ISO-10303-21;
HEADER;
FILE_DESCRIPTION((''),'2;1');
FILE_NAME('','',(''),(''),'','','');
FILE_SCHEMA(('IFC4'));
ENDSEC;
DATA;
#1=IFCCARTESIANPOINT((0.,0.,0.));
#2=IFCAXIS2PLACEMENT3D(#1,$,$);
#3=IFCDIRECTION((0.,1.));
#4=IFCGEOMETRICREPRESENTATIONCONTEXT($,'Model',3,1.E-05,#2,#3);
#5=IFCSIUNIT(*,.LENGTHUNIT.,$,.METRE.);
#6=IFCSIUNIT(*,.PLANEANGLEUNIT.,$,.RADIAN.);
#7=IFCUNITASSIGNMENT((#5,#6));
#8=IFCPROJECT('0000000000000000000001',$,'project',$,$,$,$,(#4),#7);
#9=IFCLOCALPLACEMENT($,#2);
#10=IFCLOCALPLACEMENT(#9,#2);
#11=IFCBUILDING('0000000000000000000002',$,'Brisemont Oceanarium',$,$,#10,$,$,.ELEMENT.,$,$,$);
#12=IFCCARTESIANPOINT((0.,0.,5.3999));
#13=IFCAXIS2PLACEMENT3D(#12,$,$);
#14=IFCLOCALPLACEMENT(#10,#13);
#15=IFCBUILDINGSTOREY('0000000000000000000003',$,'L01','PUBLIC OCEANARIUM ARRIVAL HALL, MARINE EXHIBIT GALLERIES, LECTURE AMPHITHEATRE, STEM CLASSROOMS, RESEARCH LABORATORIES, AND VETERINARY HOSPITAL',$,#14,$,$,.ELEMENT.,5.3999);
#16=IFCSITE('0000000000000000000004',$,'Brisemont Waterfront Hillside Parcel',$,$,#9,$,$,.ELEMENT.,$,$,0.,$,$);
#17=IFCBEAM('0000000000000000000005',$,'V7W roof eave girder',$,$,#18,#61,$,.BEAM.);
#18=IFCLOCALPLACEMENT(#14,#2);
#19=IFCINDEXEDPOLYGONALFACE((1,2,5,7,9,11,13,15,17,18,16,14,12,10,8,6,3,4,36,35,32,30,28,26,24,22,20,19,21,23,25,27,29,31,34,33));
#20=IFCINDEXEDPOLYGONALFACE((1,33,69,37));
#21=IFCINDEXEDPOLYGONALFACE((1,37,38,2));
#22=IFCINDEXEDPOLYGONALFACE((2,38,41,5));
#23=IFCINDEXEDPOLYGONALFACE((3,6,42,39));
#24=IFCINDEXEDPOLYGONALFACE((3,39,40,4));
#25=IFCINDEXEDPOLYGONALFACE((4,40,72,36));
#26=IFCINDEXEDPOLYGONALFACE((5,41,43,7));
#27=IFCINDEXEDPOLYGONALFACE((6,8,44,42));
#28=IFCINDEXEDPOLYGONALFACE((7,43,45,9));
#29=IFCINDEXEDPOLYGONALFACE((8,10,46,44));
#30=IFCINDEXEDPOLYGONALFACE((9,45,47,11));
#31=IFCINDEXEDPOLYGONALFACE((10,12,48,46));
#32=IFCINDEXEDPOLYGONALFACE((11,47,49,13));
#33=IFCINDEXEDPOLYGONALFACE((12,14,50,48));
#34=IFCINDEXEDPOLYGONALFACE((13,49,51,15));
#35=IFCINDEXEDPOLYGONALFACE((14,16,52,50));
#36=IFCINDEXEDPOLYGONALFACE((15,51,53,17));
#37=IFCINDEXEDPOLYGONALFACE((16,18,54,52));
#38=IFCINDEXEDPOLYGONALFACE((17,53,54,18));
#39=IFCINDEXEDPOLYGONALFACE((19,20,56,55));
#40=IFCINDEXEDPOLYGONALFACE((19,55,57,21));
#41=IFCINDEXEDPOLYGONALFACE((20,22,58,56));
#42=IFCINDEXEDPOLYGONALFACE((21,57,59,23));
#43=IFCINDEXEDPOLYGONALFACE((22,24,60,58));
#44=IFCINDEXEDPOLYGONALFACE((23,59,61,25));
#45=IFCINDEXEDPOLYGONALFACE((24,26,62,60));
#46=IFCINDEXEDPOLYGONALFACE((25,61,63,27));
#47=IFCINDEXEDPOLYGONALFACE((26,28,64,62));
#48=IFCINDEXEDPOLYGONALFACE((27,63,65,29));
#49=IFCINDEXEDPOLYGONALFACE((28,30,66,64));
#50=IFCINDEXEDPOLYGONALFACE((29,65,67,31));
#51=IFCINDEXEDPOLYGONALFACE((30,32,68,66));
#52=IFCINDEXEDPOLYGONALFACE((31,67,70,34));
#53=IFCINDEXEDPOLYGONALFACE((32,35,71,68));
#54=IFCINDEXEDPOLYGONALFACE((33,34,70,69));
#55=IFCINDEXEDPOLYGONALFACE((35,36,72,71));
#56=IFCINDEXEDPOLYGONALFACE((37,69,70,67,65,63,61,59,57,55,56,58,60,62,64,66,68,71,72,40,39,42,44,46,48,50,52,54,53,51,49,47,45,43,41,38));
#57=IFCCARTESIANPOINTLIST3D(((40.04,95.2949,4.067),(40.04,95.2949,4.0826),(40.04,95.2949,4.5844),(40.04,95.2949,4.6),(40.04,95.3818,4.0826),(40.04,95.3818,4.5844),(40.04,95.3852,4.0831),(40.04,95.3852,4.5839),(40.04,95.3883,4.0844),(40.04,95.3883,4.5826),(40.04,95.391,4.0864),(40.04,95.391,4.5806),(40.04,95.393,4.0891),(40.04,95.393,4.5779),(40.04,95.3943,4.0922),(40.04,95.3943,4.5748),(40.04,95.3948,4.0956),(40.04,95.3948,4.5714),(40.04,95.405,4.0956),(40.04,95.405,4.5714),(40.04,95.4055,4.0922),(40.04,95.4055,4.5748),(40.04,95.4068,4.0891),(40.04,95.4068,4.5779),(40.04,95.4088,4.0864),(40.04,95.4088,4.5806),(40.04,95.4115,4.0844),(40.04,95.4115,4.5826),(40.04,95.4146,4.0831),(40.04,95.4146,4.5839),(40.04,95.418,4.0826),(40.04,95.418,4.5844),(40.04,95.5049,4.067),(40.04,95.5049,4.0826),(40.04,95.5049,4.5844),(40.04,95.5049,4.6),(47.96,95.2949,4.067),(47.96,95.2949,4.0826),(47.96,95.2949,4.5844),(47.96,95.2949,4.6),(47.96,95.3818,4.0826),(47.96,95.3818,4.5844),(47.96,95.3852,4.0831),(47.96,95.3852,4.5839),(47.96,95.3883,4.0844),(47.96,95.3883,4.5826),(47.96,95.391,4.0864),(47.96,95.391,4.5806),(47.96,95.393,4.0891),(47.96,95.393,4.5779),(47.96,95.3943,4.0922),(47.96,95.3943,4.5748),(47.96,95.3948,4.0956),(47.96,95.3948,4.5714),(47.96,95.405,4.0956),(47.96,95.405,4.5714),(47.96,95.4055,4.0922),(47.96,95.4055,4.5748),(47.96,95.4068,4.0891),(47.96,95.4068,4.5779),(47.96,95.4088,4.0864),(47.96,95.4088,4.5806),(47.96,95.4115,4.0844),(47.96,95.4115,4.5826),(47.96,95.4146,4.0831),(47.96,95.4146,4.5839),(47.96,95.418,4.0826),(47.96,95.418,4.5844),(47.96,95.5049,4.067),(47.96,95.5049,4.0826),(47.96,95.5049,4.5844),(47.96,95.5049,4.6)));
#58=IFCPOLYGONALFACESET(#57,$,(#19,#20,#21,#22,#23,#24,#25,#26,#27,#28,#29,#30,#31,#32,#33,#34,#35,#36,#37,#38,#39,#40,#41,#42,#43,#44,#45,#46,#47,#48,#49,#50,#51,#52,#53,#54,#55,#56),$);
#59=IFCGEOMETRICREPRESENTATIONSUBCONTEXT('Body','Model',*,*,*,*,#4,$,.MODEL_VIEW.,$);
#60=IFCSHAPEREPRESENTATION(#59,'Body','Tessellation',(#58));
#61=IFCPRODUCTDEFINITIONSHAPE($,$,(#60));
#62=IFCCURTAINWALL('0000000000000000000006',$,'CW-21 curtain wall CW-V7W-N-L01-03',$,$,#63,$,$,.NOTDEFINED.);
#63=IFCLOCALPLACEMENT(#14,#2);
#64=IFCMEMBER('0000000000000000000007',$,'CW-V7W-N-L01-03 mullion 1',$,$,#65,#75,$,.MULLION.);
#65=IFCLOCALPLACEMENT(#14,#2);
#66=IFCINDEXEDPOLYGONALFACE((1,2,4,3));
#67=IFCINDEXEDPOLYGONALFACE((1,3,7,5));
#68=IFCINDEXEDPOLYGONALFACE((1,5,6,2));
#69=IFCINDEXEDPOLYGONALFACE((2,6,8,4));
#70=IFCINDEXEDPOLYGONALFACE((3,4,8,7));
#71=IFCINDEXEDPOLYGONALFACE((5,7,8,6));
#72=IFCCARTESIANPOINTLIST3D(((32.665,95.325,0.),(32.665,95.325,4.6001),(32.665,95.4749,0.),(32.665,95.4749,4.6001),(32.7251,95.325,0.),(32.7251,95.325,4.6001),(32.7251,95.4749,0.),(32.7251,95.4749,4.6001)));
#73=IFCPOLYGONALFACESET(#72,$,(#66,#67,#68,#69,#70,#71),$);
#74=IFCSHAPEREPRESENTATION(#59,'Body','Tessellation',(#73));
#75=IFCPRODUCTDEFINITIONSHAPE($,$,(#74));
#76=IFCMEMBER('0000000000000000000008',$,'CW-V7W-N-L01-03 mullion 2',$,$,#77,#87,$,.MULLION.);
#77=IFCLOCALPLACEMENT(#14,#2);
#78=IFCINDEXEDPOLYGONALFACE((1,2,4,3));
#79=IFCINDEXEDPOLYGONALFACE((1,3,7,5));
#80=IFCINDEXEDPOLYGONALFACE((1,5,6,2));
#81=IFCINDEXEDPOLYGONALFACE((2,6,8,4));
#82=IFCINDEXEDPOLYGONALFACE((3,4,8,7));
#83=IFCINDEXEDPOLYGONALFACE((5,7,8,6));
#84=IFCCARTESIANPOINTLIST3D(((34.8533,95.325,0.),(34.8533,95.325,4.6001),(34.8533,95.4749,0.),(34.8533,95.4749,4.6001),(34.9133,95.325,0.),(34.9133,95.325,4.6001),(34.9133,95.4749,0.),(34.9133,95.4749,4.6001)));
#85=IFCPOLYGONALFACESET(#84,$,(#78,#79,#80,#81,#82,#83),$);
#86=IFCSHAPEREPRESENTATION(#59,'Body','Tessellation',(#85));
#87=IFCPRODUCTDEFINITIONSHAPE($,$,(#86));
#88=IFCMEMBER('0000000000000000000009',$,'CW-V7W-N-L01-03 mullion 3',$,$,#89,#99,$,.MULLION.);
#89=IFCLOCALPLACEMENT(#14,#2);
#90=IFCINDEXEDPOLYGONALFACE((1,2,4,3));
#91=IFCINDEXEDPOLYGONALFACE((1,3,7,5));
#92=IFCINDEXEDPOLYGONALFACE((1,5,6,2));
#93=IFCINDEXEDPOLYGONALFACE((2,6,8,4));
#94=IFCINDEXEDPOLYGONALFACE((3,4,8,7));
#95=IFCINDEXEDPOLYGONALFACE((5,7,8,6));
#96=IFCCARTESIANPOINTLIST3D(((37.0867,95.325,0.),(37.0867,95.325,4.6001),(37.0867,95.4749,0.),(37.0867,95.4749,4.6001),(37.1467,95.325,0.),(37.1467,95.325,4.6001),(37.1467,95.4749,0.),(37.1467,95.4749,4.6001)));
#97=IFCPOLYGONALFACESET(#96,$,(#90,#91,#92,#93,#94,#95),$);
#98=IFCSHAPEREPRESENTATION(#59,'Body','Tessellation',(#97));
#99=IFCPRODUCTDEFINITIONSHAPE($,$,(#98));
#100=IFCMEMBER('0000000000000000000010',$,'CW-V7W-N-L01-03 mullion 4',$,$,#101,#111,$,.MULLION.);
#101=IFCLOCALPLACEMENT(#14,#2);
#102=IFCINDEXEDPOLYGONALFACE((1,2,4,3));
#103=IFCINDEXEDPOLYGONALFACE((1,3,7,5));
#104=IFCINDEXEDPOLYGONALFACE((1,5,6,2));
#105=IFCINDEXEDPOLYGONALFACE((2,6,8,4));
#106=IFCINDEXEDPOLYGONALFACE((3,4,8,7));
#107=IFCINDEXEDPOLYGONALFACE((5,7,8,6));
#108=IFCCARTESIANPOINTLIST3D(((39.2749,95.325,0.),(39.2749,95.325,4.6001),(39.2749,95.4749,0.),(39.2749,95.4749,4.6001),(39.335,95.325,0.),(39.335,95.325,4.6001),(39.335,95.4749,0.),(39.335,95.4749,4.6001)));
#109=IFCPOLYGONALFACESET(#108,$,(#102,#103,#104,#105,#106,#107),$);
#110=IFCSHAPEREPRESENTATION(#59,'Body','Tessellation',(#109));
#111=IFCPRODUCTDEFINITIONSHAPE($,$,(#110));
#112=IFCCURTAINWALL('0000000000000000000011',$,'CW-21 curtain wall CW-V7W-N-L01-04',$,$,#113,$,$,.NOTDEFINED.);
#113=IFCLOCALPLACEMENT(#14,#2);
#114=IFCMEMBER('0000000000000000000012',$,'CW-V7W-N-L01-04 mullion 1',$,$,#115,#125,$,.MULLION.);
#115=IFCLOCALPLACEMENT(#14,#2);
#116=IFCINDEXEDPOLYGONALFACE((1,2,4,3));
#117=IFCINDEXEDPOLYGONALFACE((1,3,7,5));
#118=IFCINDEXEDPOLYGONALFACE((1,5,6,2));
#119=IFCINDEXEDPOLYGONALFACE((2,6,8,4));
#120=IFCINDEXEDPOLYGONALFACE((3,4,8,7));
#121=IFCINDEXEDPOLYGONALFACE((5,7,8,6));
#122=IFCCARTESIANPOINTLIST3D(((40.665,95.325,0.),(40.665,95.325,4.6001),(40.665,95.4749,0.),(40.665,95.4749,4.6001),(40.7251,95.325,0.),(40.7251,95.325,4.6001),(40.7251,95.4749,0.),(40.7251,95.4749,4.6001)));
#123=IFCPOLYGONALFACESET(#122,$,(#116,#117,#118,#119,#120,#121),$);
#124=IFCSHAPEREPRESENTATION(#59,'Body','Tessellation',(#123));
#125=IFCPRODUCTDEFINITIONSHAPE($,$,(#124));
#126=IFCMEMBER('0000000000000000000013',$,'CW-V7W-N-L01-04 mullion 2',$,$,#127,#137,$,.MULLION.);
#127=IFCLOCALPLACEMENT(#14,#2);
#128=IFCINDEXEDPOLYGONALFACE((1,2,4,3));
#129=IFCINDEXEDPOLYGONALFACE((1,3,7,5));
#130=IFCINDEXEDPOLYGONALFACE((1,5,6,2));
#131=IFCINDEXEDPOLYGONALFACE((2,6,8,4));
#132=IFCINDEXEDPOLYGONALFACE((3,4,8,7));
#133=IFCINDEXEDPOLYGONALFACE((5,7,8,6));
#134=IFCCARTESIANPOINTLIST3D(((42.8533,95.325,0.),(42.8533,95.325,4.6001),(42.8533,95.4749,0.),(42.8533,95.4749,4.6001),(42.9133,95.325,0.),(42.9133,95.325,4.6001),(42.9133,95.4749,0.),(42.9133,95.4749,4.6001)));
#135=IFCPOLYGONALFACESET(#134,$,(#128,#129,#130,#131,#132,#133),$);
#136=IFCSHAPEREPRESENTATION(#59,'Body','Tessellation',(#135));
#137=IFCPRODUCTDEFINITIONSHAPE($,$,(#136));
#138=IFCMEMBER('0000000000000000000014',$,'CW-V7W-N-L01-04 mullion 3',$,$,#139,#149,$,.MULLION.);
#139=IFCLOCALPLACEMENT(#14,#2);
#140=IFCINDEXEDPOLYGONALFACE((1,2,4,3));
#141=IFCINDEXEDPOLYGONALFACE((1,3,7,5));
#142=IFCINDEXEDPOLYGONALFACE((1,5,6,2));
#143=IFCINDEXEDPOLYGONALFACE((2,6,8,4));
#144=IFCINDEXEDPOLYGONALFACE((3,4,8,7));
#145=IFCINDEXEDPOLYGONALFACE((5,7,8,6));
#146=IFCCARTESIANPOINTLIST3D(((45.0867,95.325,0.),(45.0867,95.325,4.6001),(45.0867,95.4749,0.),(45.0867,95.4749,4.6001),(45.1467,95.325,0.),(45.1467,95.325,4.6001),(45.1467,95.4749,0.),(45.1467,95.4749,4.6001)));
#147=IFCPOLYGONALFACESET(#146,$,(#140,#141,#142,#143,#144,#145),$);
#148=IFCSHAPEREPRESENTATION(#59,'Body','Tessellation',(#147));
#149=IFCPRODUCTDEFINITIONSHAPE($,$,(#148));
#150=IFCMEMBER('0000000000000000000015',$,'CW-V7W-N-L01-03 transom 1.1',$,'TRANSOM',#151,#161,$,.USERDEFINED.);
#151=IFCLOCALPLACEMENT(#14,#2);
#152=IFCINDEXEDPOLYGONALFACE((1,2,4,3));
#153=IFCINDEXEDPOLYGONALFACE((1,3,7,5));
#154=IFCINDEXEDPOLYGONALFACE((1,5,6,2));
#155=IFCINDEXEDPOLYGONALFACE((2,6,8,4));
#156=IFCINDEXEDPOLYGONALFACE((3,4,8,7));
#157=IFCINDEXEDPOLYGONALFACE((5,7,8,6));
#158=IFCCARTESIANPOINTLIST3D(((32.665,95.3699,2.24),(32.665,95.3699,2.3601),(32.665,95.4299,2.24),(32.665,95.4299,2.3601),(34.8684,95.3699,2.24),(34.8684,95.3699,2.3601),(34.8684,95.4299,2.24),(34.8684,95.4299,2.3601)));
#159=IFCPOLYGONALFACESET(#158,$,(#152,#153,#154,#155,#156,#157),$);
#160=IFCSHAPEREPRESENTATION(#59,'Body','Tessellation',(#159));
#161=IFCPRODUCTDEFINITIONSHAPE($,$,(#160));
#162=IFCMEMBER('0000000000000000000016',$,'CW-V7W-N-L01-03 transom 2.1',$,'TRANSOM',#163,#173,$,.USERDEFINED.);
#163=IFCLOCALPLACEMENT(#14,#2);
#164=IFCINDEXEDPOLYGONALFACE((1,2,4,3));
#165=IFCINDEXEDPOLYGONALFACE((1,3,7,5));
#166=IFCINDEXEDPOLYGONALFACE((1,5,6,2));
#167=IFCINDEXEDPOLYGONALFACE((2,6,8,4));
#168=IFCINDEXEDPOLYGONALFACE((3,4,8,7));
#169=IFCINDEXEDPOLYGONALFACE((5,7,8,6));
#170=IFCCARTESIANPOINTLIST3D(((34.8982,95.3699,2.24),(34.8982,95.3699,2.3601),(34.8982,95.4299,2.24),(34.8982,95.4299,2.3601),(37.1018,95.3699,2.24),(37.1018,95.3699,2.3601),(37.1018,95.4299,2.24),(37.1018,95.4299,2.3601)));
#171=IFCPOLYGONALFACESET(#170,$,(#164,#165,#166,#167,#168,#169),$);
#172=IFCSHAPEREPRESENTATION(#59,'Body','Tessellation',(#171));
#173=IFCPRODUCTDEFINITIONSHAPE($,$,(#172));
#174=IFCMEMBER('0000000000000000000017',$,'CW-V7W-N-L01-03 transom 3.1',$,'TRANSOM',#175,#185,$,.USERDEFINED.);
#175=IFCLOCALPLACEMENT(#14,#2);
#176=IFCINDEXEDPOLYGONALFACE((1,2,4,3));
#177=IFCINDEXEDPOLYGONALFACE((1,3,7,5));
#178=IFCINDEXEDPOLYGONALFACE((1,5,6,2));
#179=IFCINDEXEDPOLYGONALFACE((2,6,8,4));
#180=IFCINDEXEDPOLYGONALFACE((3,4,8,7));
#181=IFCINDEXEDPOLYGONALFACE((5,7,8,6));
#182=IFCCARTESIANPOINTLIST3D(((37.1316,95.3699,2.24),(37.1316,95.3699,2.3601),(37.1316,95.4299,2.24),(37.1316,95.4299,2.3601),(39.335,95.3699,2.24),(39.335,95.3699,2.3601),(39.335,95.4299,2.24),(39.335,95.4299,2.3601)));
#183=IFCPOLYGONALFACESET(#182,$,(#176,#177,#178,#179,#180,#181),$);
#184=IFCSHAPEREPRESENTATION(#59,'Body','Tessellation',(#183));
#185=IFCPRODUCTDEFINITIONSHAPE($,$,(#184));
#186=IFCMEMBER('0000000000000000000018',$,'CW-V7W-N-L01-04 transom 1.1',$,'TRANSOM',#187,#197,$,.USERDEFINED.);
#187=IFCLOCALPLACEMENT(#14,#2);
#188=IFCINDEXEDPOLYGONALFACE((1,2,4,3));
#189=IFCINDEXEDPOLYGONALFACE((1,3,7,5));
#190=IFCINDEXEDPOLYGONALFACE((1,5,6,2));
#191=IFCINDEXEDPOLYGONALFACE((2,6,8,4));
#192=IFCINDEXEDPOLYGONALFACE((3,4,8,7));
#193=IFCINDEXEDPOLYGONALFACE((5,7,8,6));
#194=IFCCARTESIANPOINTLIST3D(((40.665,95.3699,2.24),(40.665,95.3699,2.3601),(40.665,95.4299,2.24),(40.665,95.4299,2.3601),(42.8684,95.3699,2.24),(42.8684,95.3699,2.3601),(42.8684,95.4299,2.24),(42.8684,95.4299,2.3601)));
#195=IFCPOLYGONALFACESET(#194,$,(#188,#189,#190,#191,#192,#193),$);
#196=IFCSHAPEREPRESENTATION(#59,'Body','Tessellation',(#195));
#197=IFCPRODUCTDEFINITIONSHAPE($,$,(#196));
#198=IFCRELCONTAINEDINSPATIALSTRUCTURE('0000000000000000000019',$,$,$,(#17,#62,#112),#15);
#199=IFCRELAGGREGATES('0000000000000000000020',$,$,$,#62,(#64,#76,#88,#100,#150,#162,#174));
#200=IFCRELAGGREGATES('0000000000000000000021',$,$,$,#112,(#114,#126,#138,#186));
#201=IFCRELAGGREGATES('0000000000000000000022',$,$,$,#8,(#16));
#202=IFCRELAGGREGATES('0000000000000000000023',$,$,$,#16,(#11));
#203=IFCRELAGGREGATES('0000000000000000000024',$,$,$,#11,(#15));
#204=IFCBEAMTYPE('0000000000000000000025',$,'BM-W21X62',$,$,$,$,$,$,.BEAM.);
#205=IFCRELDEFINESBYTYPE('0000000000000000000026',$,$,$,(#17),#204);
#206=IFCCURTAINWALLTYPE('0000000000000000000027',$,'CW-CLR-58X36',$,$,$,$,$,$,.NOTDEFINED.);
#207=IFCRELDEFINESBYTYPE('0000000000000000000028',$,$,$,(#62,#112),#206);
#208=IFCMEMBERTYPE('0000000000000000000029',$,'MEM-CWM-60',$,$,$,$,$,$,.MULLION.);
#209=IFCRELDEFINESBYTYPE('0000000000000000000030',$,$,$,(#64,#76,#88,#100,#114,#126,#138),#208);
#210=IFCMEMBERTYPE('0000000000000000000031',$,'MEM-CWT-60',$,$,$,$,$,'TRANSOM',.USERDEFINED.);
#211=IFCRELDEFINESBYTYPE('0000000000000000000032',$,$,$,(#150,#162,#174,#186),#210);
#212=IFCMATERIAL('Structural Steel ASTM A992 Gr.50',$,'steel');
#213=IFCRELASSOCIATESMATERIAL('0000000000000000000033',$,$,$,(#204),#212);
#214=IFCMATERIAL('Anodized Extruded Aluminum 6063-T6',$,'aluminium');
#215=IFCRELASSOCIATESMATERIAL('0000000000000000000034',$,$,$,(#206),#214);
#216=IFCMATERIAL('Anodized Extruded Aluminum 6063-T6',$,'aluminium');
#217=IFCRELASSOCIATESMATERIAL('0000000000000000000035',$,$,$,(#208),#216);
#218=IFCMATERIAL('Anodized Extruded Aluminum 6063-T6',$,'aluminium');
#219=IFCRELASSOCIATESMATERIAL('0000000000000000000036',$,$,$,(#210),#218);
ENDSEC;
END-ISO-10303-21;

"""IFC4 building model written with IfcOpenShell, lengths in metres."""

from ifc_helpers import new_model, si_unit, direction, frame, origin, origin_2d, place, context, subcontext, project, spatial, rectangle, i_section, extrude, material, material_profile, profile_set, type_object, element, aggregate, save


model = new_model("IFC4")

# Units and contexts
model_context = context("Model", 3, precision=1e-05, world=origin(), true_north=direction((0.0, 1.0)))
body_context = subcontext(model_context, "Body", "Model", "MODEL_VIEW")
ifc_project = project(units=[si_unit("LENGTHUNIT", "METRE"), si_unit("PLANEANGLEUNIT", "RADIAN")], contexts=[model_context])

# Site, building, storey
site_placement = place(None, origin())
site = spatial("IfcSite", under=ifc_project, at=site_placement, Name="Brisemont Waterfront Hillside Parcel", CompositionType="ELEMENT", RefElevation=0.0)
building_placement = place(site_placement, origin())
building = spatial("IfcBuilding", under=site, at=building_placement, Name="Brisemont Oceanarium", CompositionType="ELEMENT")
storey_placement = place(building_placement, frame((0.0, 0.0, 5.3999)))
storey = spatial("IfcBuildingStorey", under=building, at=storey_placement, Name="L01", Description="PUBLIC OCEANARIUM ARRIVAL HALL, MARINE EXHIBIT GALLERIES, LECTURE AMPHITHEATRE, STEM CLASSROOMS, RESEARCH LABORATORIES, AND VETERINARY HOSPITAL", CompositionType="ELEMENT", Elevation=5.3999)

# Beam
ifc_material_1 = material(Name="Structural Steel ASTM A992 Gr.50", Category="steel")
ifc_material_profile_1 = material_profile(ifc_material_1, i_section(OverallWidth=0.21, OverallDepth=0.533, WebThickness=0.0103, FlangeThickness=0.0156, FilletRadius=0.0129, at=origin_2d()), Name="W21X62")
ifc_profile_set_1 = profile_set([ifc_material_profile_1], Name="Structural Steel ASTM A992 Gr.50")
beam_type_1 = type_object("IfcBeamType", Name="BM-W21X62", PredefinedType="BEAM", material=ifc_profile_set_1)
beam_1_placement = place(storey_placement, frame((40.04, 95.3999, 4.3335), z_axis=(1.0, 0.0, 0.0), x_axis=(0.0, 1.0, 0.0)))
element("IfcBeam", 1, at=beam_1_placement, inside=storey, type_object=beam_type_1, Name="V7W roof eave girder", PredefinedType="BEAM", context=body_context, shape_type="SweptSolid", body=[
    extrude(i_section(OverallWidth=0.21, OverallDepth=0.533, WebThickness=0.0103, FlangeThickness=0.0156, FilletRadius=0.0129, at=origin_2d()), origin(), (0.0, 0.0, 1.0), 7.9199),
])

# Curtain walls, members
ifc_material_2 = material(Name="Anodized Extruded Aluminum 6063-T6", Category="aluminium")
curtain_wall_type = type_object("IfcCurtainWallType", Name="CW-CLR-58X36", PredefinedType="NOTDEFINED", material=ifc_material_2)
curtain_wall_1_placement = place(storey_placement, origin())
curtain_wall_1 = element("IfcCurtainWall", 2, at=curtain_wall_1_placement, inside=storey, type_object=curtain_wall_type, Name="CW-21 curtain wall CW-V7W-N-L01-03", PredefinedType="NOTDEFINED")
ifc_material_3 = material(Name="Anodized Extruded Aluminum 6063-T6", Category="aluminium")
ifc_material_profile_2 = material_profile(ifc_material_3, rectangle(XDim=0.0601, YDim=0.1499, at=origin_2d()), Name="CWM-60X150")
ifc_profile_set_2 = profile_set([ifc_material_profile_2], Name="Anodized Extruded Aluminum 6063-T6")
member_type_1 = type_object("IfcMemberType", Name="MEM-CWM-60", PredefinedType="MULLION", material=ifc_profile_set_2)
member_1_placement = place(storey_placement, frame((32.6951, 95.3999, 0.0), z_axis=(0.0, 0.0, 1.0), x_axis=(1.0, 0.0, 0.0)))
member_1 = element("IfcMember", 3, at=member_1_placement, type_object=member_type_1, Name="CW-V7W-N-L01-03 mullion 1", PredefinedType="MULLION", context=body_context, shape_type="SweptSolid", body=[
    extrude(rectangle(XDim=0.0601, YDim=0.1499, at=origin_2d()), origin(), (0.0, 0.0, 1.0), 4.6001),
])
member_2_placement = place(storey_placement, frame((34.8833, 95.3999, 0.0), z_axis=(0.0, 0.0, 1.0), x_axis=(1.0, 0.0, 0.0)))
member_2 = element("IfcMember", 4, at=member_2_placement, type_object=member_type_1, Name="CW-V7W-N-L01-03 mullion 2", PredefinedType="MULLION", context=body_context, shape_type="SweptSolid", body=[
    extrude(rectangle(XDim=0.0601, YDim=0.1499, at=origin_2d()), origin(), (0.0, 0.0, 1.0), 4.6001),
])
member_3_placement = place(storey_placement, frame((37.1167, 95.3999, 0.0), z_axis=(0.0, 0.0, 1.0), x_axis=(1.0, 0.0, 0.0)))
member_3 = element("IfcMember", 5, at=member_3_placement, type_object=member_type_1, Name="CW-V7W-N-L01-03 mullion 3", PredefinedType="MULLION", context=body_context, shape_type="SweptSolid", body=[
    extrude(rectangle(XDim=0.0601, YDim=0.1499, at=origin_2d()), origin(), (0.0, 0.0, 1.0), 4.6001),
])
member_4_placement = place(storey_placement, frame((39.3049, 95.3999, 0.0), z_axis=(0.0, 0.0, 1.0), x_axis=(1.0, 0.0, 0.0)))
member_4 = element("IfcMember", 6, at=member_4_placement, type_object=member_type_1, Name="CW-V7W-N-L01-03 mullion 4", PredefinedType="MULLION", context=body_context, shape_type="SweptSolid", body=[
    extrude(rectangle(XDim=0.0601, YDim=0.1499, at=origin_2d()), origin(), (0.0, 0.0, 1.0), 4.6001),
])
curtain_wall_2_placement = place(storey_placement, origin())
curtain_wall_2 = element("IfcCurtainWall", 7, at=curtain_wall_2_placement, inside=storey, type_object=curtain_wall_type, Name="CW-21 curtain wall CW-V7W-N-L01-04", PredefinedType="NOTDEFINED")
member_5_placement = place(storey_placement, frame((40.6951, 95.3999, 0.0), z_axis=(0.0, 0.0, 1.0), x_axis=(1.0, 0.0, 0.0)))
member_5 = element("IfcMember", 8, at=member_5_placement, type_object=member_type_1, Name="CW-V7W-N-L01-04 mullion 1", PredefinedType="MULLION", context=body_context, shape_type="SweptSolid", body=[
    extrude(rectangle(XDim=0.0601, YDim=0.1499, at=origin_2d()), origin(), (0.0, 0.0, 1.0), 4.6001),
])
member_6_placement = place(storey_placement, frame((42.8833, 95.3999, 0.0), z_axis=(0.0, 0.0, 1.0), x_axis=(1.0, 0.0, 0.0)))
member_6 = element("IfcMember", 9, at=member_6_placement, type_object=member_type_1, Name="CW-V7W-N-L01-04 mullion 2", PredefinedType="MULLION", context=body_context, shape_type="SweptSolid", body=[
    extrude(rectangle(XDim=0.0601, YDim=0.1499, at=origin_2d()), origin(), (0.0, 0.0, 1.0), 4.6001),
])
member_7_placement = place(storey_placement, frame((45.1167, 95.3999, 0.0), z_axis=(0.0, 0.0, 1.0), x_axis=(1.0, 0.0, 0.0)))
member_7 = element("IfcMember", 10, at=member_7_placement, type_object=member_type_1, Name="CW-V7W-N-L01-04 mullion 3", PredefinedType="MULLION", context=body_context, shape_type="SweptSolid", body=[
    extrude(rectangle(XDim=0.0601, YDim=0.1499, at=origin_2d()), origin(), (0.0, 0.0, 1.0), 4.6001),
])

# Members
ifc_material_4 = material(Name="Anodized Extruded Aluminum 6063-T6", Category="aluminium")
ifc_material_profile_3 = material_profile(ifc_material_4, rectangle(XDim=0.0601, YDim=0.1201, at=origin_2d()), Name="CWT-60X120")
ifc_profile_set_3 = profile_set([ifc_material_profile_3], Name="Anodized Extruded Aluminum 6063-T6")
member_type_2 = type_object("IfcMemberType", Name="MEM-CWT-60", ElementType="TRANSOM", PredefinedType="USERDEFINED", material=ifc_profile_set_3)
member_8_placement = place(storey_placement, frame((32.665, 95.3999, 2.3), z_axis=(1.0, 0.0, 0.0), x_axis=(0.0, 1.0, 0.0)))
member_8 = element("IfcMember", 11, at=member_8_placement, type_object=member_type_2, Name="CW-V7W-N-L01-03 transom 1.1", ObjectType="TRANSOM", PredefinedType="USERDEFINED", context=body_context, shape_type="SweptSolid", body=[
    extrude(rectangle(XDim=0.0601, YDim=0.1201, at=origin_2d()), origin(), (0.0, 0.0, 1.0), 2.2034),
])
member_9_placement = place(storey_placement, frame((34.8982, 95.3999, 2.3), z_axis=(1.0, 0.0, 0.0), x_axis=(0.0, 1.0, 0.0)))
member_9 = element("IfcMember", 12, at=member_9_placement, type_object=member_type_2, Name="CW-V7W-N-L01-03 transom 2.1", ObjectType="TRANSOM", PredefinedType="USERDEFINED", context=body_context, shape_type="SweptSolid", body=[
    extrude(rectangle(XDim=0.0601, YDim=0.1201, at=origin_2d()), origin(), (0.0, 0.0, 1.0), 2.2036),
])
member_10_placement = place(storey_placement, frame((37.1316, 95.3999, 2.3), z_axis=(1.0, 0.0, 0.0), x_axis=(0.0, 1.0, 0.0)))
member_10 = element("IfcMember", 13, at=member_10_placement, type_object=member_type_2, Name="CW-V7W-N-L01-03 transom 3.1", ObjectType="TRANSOM", PredefinedType="USERDEFINED", context=body_context, shape_type="SweptSolid", body=[
    extrude(rectangle(XDim=0.0601, YDim=0.1201, at=origin_2d()), origin(), (0.0, 0.0, 1.0), 2.2034),
])
member_11_placement = place(storey_placement, frame((40.665, 95.3999, 2.3), z_axis=(1.0, 0.0, 0.0), x_axis=(0.0, 1.0, 0.0)))
member_11 = element("IfcMember", 14, at=member_11_placement, type_object=member_type_2, Name="CW-V7W-N-L01-04 transom 1.1", ObjectType="TRANSOM", PredefinedType="USERDEFINED", context=body_context, shape_type="SweptSolid", body=[
    extrude(rectangle(XDim=0.0601, YDim=0.1201, at=origin_2d()), origin(), (0.0, 0.0, 1.0), 2.2034),
])

aggregate(curtain_wall_1, [member_1, member_2, member_3, member_4, member_8, member_9, member_10])
aggregate(curtain_wall_2, [member_5, member_6, member_7, member_11])

save(model, "model.ifc")
